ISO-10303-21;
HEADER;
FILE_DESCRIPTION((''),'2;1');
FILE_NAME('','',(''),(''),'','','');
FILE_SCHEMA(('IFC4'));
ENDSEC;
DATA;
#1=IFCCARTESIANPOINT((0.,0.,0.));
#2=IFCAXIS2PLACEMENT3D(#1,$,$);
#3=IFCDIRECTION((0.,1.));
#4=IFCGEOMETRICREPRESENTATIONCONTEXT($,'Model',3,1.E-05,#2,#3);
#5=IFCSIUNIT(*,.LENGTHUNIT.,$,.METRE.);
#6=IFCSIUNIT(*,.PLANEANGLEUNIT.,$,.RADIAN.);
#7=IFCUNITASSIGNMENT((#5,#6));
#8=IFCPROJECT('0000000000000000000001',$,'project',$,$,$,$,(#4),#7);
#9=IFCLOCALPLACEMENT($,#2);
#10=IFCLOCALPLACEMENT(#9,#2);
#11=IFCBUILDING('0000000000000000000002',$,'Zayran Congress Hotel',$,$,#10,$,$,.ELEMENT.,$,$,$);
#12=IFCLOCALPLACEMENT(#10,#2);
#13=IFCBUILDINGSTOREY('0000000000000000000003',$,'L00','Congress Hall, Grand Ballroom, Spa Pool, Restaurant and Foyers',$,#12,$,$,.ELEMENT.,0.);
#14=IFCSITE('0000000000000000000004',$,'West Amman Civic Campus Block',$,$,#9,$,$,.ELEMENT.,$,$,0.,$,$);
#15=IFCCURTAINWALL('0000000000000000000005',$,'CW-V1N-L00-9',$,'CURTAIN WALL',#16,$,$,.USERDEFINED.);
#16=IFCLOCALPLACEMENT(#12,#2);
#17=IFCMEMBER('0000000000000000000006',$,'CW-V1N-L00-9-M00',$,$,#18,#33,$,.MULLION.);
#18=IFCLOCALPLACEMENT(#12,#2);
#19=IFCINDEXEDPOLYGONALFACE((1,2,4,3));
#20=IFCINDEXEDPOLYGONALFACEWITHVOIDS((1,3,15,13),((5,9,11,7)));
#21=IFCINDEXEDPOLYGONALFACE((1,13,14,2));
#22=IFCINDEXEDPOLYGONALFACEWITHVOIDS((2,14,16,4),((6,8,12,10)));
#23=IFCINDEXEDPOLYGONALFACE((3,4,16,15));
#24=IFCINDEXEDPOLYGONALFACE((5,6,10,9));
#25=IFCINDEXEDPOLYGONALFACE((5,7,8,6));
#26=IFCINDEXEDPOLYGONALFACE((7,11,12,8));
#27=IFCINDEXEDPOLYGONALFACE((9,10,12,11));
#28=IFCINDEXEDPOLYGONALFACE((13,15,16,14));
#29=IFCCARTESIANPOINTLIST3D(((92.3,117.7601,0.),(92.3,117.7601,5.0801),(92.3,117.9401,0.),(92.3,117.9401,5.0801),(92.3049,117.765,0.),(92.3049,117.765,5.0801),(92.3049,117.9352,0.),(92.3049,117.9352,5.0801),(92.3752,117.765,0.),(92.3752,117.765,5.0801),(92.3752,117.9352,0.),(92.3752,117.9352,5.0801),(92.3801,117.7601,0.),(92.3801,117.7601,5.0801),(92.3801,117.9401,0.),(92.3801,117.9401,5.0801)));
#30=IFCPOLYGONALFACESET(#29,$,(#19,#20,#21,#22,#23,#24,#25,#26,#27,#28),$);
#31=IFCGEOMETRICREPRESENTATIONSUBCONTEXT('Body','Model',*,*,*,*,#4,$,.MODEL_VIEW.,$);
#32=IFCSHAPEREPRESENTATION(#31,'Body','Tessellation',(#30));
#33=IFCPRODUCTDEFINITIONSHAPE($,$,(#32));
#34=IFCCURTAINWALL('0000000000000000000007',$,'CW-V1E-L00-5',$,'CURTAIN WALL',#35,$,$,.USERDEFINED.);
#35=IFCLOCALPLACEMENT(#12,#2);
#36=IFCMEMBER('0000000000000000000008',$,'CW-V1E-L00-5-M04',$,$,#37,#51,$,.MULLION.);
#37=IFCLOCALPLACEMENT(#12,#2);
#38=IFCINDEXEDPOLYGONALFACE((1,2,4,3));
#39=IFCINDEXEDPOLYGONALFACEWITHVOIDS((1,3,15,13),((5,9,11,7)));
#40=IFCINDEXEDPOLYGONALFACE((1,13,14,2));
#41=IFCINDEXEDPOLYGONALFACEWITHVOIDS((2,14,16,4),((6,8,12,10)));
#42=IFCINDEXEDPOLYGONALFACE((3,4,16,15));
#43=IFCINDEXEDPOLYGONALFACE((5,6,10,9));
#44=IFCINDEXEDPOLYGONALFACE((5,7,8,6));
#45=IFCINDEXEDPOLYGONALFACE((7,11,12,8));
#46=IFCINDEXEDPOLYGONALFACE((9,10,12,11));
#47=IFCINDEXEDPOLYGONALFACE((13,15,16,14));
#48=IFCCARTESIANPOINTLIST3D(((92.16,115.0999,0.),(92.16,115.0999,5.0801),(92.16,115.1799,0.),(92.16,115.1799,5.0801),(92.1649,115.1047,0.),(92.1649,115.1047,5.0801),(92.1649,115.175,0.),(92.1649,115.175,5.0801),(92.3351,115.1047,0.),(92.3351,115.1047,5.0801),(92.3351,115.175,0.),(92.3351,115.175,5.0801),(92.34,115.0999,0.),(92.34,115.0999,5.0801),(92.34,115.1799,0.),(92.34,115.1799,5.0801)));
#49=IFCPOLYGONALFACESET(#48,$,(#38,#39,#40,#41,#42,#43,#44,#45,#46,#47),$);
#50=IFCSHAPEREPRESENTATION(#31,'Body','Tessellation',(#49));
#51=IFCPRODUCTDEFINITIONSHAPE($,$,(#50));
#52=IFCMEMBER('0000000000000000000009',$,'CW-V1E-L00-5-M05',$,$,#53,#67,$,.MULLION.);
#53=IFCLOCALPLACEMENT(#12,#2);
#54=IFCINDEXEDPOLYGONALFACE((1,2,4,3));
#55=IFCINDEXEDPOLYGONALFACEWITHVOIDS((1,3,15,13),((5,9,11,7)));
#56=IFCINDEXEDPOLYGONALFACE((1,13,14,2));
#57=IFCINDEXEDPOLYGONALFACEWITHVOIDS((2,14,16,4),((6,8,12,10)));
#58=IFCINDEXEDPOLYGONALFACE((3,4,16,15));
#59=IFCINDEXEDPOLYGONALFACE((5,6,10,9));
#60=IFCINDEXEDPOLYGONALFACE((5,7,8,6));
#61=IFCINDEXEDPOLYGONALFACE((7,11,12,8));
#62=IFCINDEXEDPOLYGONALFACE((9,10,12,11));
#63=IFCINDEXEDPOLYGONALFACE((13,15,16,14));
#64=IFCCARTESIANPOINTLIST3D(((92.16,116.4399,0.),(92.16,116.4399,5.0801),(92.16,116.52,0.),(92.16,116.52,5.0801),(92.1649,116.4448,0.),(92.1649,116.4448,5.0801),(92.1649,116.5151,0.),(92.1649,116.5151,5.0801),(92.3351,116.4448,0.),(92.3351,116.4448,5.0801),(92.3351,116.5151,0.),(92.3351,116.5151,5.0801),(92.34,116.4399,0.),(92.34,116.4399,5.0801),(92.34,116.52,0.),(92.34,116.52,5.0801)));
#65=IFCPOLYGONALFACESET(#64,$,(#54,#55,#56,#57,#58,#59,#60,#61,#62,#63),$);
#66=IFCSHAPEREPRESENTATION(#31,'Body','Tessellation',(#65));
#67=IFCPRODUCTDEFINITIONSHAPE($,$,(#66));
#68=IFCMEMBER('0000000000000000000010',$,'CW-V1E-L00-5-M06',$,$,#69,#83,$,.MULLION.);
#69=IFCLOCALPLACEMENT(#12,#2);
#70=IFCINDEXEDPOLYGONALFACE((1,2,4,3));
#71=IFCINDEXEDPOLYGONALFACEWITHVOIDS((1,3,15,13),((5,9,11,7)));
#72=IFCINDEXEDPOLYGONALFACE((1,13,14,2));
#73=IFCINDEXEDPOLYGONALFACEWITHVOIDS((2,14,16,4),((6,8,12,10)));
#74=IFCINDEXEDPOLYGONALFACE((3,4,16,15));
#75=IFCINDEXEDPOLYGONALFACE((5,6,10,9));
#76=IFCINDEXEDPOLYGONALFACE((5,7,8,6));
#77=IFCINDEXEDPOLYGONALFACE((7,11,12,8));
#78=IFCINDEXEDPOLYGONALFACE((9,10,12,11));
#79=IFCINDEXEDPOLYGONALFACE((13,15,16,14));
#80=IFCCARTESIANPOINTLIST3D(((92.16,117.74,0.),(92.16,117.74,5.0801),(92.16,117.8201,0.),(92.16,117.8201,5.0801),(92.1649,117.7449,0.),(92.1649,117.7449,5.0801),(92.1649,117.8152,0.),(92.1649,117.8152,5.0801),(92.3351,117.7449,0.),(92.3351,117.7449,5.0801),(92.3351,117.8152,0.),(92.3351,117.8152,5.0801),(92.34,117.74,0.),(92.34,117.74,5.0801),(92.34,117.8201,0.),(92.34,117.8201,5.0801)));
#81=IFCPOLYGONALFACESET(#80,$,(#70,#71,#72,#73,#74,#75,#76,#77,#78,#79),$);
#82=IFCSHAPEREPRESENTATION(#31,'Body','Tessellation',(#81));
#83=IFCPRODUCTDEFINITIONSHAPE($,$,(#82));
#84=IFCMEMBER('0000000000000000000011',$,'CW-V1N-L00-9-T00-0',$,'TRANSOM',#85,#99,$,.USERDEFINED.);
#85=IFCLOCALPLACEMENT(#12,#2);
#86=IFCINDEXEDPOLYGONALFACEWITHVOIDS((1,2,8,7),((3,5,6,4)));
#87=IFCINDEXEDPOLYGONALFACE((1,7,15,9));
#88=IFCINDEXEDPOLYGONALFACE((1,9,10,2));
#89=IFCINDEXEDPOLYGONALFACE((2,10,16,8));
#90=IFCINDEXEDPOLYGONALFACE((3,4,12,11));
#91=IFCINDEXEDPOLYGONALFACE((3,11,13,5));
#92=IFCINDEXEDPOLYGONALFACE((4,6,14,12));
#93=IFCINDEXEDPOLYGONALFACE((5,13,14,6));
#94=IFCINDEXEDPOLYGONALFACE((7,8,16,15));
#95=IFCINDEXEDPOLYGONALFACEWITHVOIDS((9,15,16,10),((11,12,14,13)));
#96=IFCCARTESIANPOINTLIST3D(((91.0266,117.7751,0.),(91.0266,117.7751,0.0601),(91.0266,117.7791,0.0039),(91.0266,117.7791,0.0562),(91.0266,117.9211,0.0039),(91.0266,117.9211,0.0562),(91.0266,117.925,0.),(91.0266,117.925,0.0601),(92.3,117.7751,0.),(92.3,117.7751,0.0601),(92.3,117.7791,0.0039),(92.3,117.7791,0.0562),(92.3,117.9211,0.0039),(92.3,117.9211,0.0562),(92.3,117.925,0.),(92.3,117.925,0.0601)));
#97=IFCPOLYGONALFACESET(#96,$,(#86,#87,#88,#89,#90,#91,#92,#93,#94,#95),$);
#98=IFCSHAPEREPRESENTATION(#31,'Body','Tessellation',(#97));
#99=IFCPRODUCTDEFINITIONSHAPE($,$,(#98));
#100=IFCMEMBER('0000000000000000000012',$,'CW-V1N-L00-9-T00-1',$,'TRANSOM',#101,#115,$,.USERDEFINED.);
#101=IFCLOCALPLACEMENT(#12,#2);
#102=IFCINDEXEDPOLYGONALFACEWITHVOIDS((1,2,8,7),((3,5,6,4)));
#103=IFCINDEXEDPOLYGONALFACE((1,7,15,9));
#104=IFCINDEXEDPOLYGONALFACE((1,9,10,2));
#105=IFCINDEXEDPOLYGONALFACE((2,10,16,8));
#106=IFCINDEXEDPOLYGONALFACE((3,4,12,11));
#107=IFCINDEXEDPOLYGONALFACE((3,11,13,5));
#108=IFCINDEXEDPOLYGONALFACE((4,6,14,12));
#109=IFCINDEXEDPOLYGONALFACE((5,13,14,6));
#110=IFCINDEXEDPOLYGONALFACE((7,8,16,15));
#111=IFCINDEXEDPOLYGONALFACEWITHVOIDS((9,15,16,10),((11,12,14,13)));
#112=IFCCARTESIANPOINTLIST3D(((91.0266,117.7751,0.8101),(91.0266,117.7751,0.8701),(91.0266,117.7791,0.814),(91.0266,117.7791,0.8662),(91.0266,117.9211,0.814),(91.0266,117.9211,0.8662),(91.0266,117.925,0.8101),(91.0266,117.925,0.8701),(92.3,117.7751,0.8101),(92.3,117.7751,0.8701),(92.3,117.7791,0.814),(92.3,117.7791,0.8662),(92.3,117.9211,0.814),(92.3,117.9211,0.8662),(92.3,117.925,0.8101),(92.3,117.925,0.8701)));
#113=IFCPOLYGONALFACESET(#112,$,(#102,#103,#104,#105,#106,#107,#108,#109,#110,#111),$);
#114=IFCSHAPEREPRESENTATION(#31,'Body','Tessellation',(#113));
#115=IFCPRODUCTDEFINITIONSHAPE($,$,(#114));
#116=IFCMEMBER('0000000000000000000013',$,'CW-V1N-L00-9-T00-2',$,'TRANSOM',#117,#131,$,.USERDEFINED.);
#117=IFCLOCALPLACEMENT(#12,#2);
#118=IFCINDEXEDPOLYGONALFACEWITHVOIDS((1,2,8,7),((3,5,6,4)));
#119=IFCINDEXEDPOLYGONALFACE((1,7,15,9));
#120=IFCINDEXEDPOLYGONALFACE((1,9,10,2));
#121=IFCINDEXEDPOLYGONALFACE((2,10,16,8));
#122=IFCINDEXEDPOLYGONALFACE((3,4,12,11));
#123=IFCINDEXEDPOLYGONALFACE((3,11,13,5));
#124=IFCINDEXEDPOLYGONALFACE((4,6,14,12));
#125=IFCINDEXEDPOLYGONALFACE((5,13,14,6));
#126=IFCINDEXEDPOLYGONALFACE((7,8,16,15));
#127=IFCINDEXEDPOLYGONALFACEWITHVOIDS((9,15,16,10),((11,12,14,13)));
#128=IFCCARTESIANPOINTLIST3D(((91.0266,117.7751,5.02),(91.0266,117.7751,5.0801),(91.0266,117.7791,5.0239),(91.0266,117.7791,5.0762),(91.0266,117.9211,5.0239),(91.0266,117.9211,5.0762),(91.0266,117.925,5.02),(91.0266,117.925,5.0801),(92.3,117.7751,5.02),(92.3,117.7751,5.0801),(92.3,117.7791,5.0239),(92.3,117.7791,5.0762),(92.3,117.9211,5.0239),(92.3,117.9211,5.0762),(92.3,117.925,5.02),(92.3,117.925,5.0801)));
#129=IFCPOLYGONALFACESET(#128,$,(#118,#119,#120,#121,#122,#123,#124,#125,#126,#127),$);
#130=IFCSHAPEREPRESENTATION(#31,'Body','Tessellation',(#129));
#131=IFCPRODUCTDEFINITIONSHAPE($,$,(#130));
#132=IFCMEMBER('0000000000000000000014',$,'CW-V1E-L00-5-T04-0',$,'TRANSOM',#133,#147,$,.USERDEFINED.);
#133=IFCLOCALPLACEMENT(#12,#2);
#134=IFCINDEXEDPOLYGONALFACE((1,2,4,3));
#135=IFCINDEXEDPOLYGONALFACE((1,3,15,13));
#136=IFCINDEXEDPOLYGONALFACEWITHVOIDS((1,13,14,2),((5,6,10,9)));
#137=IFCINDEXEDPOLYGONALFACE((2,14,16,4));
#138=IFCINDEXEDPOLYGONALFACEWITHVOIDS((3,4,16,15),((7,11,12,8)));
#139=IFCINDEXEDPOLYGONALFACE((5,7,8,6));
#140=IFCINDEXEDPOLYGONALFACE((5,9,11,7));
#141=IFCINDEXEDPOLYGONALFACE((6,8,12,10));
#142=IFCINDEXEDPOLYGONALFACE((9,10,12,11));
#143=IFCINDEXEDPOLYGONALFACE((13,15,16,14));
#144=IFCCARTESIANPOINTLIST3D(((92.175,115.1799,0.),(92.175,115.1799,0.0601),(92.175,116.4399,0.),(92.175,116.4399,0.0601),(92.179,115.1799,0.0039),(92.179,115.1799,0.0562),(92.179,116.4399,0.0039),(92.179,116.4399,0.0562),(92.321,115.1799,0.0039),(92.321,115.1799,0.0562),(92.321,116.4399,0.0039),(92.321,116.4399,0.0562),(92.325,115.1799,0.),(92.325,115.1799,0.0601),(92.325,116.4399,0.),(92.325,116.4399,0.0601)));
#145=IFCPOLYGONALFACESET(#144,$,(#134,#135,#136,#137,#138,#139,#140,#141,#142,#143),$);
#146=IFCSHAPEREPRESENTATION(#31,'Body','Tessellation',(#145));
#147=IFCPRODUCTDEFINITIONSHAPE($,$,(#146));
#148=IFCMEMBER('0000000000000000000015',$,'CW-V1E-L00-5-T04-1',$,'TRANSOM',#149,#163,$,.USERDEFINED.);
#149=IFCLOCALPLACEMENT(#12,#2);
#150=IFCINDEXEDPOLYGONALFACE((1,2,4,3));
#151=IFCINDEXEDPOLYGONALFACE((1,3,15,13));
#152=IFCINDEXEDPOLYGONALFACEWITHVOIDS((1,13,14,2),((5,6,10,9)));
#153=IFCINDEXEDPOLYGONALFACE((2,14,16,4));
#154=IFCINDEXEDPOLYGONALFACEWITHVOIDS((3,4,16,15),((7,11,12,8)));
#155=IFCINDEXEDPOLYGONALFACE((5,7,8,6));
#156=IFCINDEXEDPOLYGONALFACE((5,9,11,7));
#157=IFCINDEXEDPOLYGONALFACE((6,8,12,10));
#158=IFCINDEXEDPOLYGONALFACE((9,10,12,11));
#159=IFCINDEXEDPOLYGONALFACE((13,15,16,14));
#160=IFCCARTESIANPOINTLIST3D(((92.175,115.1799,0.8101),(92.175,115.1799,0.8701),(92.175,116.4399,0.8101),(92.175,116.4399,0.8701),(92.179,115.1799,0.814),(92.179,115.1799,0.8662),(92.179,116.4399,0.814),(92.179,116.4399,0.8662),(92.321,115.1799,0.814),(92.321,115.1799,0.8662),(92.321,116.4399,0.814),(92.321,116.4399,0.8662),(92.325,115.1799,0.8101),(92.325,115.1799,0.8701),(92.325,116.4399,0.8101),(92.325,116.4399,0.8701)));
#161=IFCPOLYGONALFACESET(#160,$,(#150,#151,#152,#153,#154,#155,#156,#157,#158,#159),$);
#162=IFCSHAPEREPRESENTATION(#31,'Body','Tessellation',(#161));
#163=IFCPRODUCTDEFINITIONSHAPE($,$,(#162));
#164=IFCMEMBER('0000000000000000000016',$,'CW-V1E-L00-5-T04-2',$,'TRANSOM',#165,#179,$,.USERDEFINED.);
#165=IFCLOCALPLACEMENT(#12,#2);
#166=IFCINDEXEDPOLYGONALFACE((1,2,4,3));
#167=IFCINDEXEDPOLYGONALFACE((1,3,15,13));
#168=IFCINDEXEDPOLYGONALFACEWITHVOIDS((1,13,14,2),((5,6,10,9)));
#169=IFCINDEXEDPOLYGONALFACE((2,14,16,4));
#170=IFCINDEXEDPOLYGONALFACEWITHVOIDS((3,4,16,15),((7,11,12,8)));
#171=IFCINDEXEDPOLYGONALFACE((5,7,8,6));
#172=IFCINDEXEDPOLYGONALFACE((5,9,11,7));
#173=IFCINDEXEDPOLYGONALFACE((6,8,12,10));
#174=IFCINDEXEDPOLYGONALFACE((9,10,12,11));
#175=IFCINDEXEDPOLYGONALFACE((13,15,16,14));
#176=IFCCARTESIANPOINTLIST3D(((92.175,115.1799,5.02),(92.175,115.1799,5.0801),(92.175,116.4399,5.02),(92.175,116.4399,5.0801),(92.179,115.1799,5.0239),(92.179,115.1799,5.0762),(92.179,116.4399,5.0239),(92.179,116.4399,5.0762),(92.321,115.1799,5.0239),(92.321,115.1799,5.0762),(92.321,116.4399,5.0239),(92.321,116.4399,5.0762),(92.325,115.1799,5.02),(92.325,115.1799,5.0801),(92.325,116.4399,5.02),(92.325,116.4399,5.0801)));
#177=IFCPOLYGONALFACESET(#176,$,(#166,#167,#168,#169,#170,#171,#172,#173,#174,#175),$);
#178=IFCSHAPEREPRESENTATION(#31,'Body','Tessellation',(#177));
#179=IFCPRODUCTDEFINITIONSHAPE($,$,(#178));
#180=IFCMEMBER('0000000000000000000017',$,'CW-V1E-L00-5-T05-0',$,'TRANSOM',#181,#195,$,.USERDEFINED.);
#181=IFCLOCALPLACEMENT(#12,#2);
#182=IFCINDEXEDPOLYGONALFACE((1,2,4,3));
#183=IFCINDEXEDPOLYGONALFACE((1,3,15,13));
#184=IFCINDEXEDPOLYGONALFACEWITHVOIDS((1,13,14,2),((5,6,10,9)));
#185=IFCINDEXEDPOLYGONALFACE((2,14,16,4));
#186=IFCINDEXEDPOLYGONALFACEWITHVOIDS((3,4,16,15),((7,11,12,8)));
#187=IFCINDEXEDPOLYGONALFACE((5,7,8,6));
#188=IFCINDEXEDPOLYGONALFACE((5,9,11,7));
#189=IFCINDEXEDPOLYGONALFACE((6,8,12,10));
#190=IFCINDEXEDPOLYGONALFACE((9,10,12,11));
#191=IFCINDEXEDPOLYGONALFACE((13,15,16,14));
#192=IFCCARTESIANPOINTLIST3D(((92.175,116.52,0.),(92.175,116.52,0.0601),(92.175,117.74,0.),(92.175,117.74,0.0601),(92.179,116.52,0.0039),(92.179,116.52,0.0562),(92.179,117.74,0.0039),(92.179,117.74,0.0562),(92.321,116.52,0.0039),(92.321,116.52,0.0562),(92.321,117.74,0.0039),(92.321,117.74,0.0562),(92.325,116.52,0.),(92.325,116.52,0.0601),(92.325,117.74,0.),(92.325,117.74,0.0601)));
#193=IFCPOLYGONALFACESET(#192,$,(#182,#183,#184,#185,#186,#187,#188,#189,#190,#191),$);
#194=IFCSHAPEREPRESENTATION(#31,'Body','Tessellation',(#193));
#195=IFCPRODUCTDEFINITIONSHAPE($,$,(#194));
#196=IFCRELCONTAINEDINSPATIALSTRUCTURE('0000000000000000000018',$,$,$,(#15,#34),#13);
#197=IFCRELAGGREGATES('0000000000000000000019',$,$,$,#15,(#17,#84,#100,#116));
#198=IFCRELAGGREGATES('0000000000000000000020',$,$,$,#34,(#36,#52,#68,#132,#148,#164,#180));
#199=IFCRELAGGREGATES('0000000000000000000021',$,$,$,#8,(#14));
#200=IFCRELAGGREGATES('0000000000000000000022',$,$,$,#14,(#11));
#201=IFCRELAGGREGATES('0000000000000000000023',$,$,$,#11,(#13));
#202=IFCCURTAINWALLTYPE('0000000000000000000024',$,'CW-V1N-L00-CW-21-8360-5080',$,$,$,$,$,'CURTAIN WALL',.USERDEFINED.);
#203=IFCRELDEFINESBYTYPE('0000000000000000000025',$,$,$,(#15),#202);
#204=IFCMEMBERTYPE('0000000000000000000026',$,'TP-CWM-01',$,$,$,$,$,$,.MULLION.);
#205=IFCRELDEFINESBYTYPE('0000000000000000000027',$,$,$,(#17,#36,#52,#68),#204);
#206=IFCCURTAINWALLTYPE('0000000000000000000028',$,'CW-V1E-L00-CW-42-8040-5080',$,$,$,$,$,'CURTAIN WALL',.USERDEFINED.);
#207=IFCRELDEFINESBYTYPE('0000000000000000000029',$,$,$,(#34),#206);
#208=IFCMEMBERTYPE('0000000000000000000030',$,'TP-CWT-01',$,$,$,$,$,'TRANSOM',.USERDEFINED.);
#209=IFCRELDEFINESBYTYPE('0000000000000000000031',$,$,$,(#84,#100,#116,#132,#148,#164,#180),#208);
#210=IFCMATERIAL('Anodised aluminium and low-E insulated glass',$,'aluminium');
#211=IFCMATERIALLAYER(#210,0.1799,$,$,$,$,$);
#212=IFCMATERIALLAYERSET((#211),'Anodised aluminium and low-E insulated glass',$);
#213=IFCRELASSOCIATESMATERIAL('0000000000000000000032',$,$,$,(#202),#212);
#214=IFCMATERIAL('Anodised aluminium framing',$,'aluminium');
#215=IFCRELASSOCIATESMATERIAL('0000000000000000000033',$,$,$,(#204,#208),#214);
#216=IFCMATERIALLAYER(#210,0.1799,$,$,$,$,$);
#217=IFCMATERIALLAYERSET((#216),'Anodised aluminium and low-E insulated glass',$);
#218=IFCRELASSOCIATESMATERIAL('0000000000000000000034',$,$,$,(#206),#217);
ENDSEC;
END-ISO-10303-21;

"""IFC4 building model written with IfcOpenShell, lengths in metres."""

from ifc_helpers import new_model, si_unit, direction, frame, origin, origin_2d, place, context, subcontext, project, spatial, hollow_rectangle, extrude, material, layer, layer_set, material_profile, profile_set, type_object, element, aggregate, save


model = new_model("IFC4")

# Units and contexts
model_context = context("Model", 3, precision=1e-05, world=origin(), true_north=direction((0.0, 1.0)))
body_context = subcontext(model_context, "Body", "Model", "MODEL_VIEW")
ifc_project = project(units=[si_unit("LENGTHUNIT", "METRE"), si_unit("PLANEANGLEUNIT", "RADIAN")], contexts=[model_context])

# Site, building, storey
site_placement = place(None, origin())
site = spatial("IfcSite", under=ifc_project, at=site_placement, Name="West Amman Civic Campus Block", CompositionType="ELEMENT", RefElevation=0.0)
building_placement = place(site_placement, origin())
building = spatial("IfcBuilding", under=site, at=building_placement, Name="Zayran Congress Hotel", CompositionType="ELEMENT")
storey_placement = place(building_placement, origin())
storey = spatial("IfcBuildingStorey", under=building, at=storey_placement, Name="L00", Description="Congress Hall, Grand Ballroom, Spa Pool, Restaurant and Foyers", CompositionType="ELEMENT", Elevation=0.0)

# Curtain wall, member
ifc_material_1 = material(Name="Anodised aluminium and low-E insulated glass", Category="aluminium")
ifc_layer_1 = layer(ifc_material_1, 0.1799)
ifc_layer_set_1 = layer_set([ifc_layer_1], Name="Anodised aluminium and low-E insulated glass")
curtain_wall_type_1 = type_object("IfcCurtainWallType", Name="CW-V1N-L00-CW-21-8360-5080", ElementType="CURTAIN WALL", PredefinedType="USERDEFINED", material=ifc_layer_set_1)
curtain_wall_1_placement = place(storey_placement, origin())
curtain_wall_1 = element("IfcCurtainWall", 1, at=curtain_wall_1_placement, inside=storey, type_object=curtain_wall_type_1, Name="CW-V1N-L00-9", ObjectType="CURTAIN WALL", PredefinedType="USERDEFINED")
ifc_material_2 = material(Name="Anodised aluminium framing", Category="aluminium")
ifc_material_profile_1 = material_profile(ifc_material_2, hollow_rectangle(XDim=0.0801, YDim=0.1799, WallThickness=0.0049, at=origin_2d()), Name="RHS 180x80x5")
ifc_profile_set_1 = profile_set([ifc_material_profile_1], Name="Anodised aluminium framing")
member_type_1 = type_object("IfcMemberType", Name="TP-CWM-01", PredefinedType="MULLION", material=ifc_profile_set_1)
member_1_placement = place(storey_placement, frame((92.3401, 117.8501, 0.0), z_axis=(0.0, 0.0, 1.0), x_axis=(1.0, 0.0, 0.0)))
member_1 = element("IfcMember", 2, at=member_1_placement, type_object=member_type_1, Name="CW-V1N-L00-9-M00", PredefinedType="MULLION", context=body_context, shape_type="SweptSolid", body=[
    extrude(hollow_rectangle(XDim=0.0801, YDim=0.1799, WallThickness=0.0049, at=origin_2d()), origin(), (0.0, 0.0, 1.0), 5.0801),
])

# Curtain wall, members
ifc_layer_2 = layer(ifc_material_1, 0.1799)
ifc_layer_set_2 = layer_set([ifc_layer_2], Name="Anodised aluminium and low-E insulated glass")
curtain_wall_type_2 = type_object("IfcCurtainWallType", Name="CW-V1E-L00-CW-42-8040-5080", ElementType="CURTAIN WALL", PredefinedType="USERDEFINED", material=ifc_layer_set_2)
curtain_wall_2_placement = place(storey_placement, origin())
curtain_wall_2 = element("IfcCurtainWall", 3, at=curtain_wall_2_placement, inside=storey, type_object=curtain_wall_type_2, Name="CW-V1E-L00-5", ObjectType="CURTAIN WALL", PredefinedType="USERDEFINED")
member_2_placement = place(storey_placement, frame((92.25, 115.1399, 0.0), z_axis=(0.0, 0.0, 1.0), x_axis=(0.0, 1.0, 0.0)))
member_2 = element("IfcMember", 4, at=member_2_placement, type_object=member_type_1, Name="CW-V1E-L00-5-M04", PredefinedType="MULLION", context=body_context, shape_type="SweptSolid", body=[
    extrude(hollow_rectangle(XDim=0.0801, YDim=0.1799, WallThickness=0.0049, at=origin_2d()), origin(), (0.0, 0.0, 1.0), 5.0801),
])
member_3_placement = place(storey_placement, frame((92.25, 116.48, 0.0), z_axis=(0.0, 0.0, 1.0), x_axis=(0.0, 1.0, 0.0)))
member_3 = element("IfcMember", 5, at=member_3_placement, type_object=member_type_1, Name="CW-V1E-L00-5-M05", PredefinedType="MULLION", context=body_context, shape_type="SweptSolid", body=[
    extrude(hollow_rectangle(XDim=0.0801, YDim=0.1799, WallThickness=0.0049, at=origin_2d()), origin(), (0.0, 0.0, 1.0), 5.0801),
])
member_4_placement = place(storey_placement, frame((92.25, 117.78, 0.0), z_axis=(0.0, 0.0, 1.0), x_axis=(0.0, 1.0, 0.0)))
member_4 = element("IfcMember", 6, at=member_4_placement, type_object=member_type_1, Name="CW-V1E-L00-5-M06", PredefinedType="MULLION", context=body_context, shape_type="SweptSolid", body=[
    extrude(hollow_rectangle(XDim=0.0801, YDim=0.1799, WallThickness=0.0049, at=origin_2d()), origin(), (0.0, 0.0, 1.0), 5.0801),
])

# Members
ifc_material_profile_2 = material_profile(ifc_material_2, hollow_rectangle(XDim=0.0601, YDim=0.1499, WallThickness=0.0039, at=origin_2d()), Name="RHS 150x60x4")
ifc_profile_set_2 = profile_set([ifc_material_profile_2], Name="Anodised aluminium framing")
member_type_2 = type_object("IfcMemberType", Name="TP-CWT-01", ElementType="TRANSOM", PredefinedType="USERDEFINED", material=ifc_profile_set_2)
member_5_placement = place(storey_placement, frame((92.3, 117.8501, 0.03), z_axis=(-1.0, 0.0, 0.0), x_axis=(0.0, 0.0, 1.0)))
member_5 = element("IfcMember", 7, at=member_5_placement, type_object=member_type_2, Name="CW-V1N-L00-9-T00-0", ObjectType="TRANSOM", PredefinedType="USERDEFINED", context=body_context, shape_type="SweptSolid", body=[
    extrude(hollow_rectangle(XDim=0.0601, YDim=0.1499, WallThickness=0.0039, at=origin_2d()), origin(), (0.0, 0.0, 1.0), 1.2734),
])
member_6_placement = place(storey_placement, frame((92.3, 117.8501, 0.8401), z_axis=(-1.0, 0.0, 0.0), x_axis=(0.0, 0.0, 1.0)))
member_6 = element("IfcMember", 8, at=member_6_placement, type_object=member_type_2, Name="CW-V1N-L00-9-T00-1", ObjectType="TRANSOM", PredefinedType="USERDEFINED", context=body_context, shape_type="SweptSolid", body=[
    extrude(hollow_rectangle(XDim=0.0601, YDim=0.1499, WallThickness=0.0039, at=origin_2d()), origin(), (0.0, 0.0, 1.0), 1.2734),
])
member_7_placement = place(storey_placement, frame((92.3, 117.8501, 5.05), z_axis=(-1.0, 0.0, 0.0), x_axis=(0.0, 0.0, 1.0)))
member_7 = element("IfcMember", 9, at=member_7_placement, type_object=member_type_2, Name="CW-V1N-L00-9-T00-2", ObjectType="TRANSOM", PredefinedType="USERDEFINED", context=body_context, shape_type="SweptSolid", body=[
    extrude(hollow_rectangle(XDim=0.0601, YDim=0.1499, WallThickness=0.0039, at=origin_2d()), origin(), (0.0, 0.0, 1.0), 1.2734),
])
aggregate(curtain_wall_1, [member_1, member_5, member_6, member_7])
member_8_placement = place(storey_placement, frame((92.25, 115.1799, 0.03), z_axis=(0.0, 1.0, 0.0), x_axis=(0.0, 0.0, 1.0)))
member_8 = element("IfcMember", 10, at=member_8_placement, type_object=member_type_2, Name="CW-V1E-L00-5-T04-0", ObjectType="TRANSOM", PredefinedType="USERDEFINED", context=body_context, shape_type="SweptSolid", body=[
    extrude(hollow_rectangle(XDim=0.0601, YDim=0.1499, WallThickness=0.0039, at=origin_2d()), origin(), (0.0, 0.0, 1.0), 1.26),
])
member_9_placement = place(storey_placement, frame((92.25, 115.1799, 0.8401), z_axis=(0.0, 1.0, 0.0), x_axis=(0.0, 0.0, 1.0)))
member_9 = element("IfcMember", 11, at=member_9_placement, type_object=member_type_2, Name="CW-V1E-L00-5-T04-1", ObjectType="TRANSOM", PredefinedType="USERDEFINED", context=body_context, shape_type="SweptSolid", body=[
    extrude(hollow_rectangle(XDim=0.0601, YDim=0.1499, WallThickness=0.0039, at=origin_2d()), origin(), (0.0, 0.0, 1.0), 1.26),
])
member_10_placement = place(storey_placement, frame((92.25, 115.1799, 5.05), z_axis=(0.0, 1.0, 0.0), x_axis=(0.0, 0.0, 1.0)))
member_10 = element("IfcMember", 12, at=member_10_placement, type_object=member_type_2, Name="CW-V1E-L00-5-T04-2", ObjectType="TRANSOM", PredefinedType="USERDEFINED", context=body_context, shape_type="SweptSolid", body=[
    extrude(hollow_rectangle(XDim=0.0601, YDim=0.1499, WallThickness=0.0039, at=origin_2d()), origin(), (0.0, 0.0, 1.0), 1.26),
])
member_11_placement = place(storey_placement, frame((92.25, 116.52, 0.03), z_axis=(0.0, 1.0, 0.0), x_axis=(0.0, 0.0, 1.0)))
member_11 = element("IfcMember", 13, at=member_11_placement, type_object=member_type_2, Name="CW-V1E-L00-5-T05-0", ObjectType="TRANSOM", PredefinedType="USERDEFINED", context=body_context, shape_type="SweptSolid", body=[
    extrude(hollow_rectangle(XDim=0.0601, YDim=0.1499, WallThickness=0.0039, at=origin_2d()), origin(), (0.0, 0.0, 1.0), 1.22),
])

aggregate(curtain_wall_2, [member_2, member_3, member_4, member_8, member_9, member_10, member_11])

save(model, "model.ifc")
